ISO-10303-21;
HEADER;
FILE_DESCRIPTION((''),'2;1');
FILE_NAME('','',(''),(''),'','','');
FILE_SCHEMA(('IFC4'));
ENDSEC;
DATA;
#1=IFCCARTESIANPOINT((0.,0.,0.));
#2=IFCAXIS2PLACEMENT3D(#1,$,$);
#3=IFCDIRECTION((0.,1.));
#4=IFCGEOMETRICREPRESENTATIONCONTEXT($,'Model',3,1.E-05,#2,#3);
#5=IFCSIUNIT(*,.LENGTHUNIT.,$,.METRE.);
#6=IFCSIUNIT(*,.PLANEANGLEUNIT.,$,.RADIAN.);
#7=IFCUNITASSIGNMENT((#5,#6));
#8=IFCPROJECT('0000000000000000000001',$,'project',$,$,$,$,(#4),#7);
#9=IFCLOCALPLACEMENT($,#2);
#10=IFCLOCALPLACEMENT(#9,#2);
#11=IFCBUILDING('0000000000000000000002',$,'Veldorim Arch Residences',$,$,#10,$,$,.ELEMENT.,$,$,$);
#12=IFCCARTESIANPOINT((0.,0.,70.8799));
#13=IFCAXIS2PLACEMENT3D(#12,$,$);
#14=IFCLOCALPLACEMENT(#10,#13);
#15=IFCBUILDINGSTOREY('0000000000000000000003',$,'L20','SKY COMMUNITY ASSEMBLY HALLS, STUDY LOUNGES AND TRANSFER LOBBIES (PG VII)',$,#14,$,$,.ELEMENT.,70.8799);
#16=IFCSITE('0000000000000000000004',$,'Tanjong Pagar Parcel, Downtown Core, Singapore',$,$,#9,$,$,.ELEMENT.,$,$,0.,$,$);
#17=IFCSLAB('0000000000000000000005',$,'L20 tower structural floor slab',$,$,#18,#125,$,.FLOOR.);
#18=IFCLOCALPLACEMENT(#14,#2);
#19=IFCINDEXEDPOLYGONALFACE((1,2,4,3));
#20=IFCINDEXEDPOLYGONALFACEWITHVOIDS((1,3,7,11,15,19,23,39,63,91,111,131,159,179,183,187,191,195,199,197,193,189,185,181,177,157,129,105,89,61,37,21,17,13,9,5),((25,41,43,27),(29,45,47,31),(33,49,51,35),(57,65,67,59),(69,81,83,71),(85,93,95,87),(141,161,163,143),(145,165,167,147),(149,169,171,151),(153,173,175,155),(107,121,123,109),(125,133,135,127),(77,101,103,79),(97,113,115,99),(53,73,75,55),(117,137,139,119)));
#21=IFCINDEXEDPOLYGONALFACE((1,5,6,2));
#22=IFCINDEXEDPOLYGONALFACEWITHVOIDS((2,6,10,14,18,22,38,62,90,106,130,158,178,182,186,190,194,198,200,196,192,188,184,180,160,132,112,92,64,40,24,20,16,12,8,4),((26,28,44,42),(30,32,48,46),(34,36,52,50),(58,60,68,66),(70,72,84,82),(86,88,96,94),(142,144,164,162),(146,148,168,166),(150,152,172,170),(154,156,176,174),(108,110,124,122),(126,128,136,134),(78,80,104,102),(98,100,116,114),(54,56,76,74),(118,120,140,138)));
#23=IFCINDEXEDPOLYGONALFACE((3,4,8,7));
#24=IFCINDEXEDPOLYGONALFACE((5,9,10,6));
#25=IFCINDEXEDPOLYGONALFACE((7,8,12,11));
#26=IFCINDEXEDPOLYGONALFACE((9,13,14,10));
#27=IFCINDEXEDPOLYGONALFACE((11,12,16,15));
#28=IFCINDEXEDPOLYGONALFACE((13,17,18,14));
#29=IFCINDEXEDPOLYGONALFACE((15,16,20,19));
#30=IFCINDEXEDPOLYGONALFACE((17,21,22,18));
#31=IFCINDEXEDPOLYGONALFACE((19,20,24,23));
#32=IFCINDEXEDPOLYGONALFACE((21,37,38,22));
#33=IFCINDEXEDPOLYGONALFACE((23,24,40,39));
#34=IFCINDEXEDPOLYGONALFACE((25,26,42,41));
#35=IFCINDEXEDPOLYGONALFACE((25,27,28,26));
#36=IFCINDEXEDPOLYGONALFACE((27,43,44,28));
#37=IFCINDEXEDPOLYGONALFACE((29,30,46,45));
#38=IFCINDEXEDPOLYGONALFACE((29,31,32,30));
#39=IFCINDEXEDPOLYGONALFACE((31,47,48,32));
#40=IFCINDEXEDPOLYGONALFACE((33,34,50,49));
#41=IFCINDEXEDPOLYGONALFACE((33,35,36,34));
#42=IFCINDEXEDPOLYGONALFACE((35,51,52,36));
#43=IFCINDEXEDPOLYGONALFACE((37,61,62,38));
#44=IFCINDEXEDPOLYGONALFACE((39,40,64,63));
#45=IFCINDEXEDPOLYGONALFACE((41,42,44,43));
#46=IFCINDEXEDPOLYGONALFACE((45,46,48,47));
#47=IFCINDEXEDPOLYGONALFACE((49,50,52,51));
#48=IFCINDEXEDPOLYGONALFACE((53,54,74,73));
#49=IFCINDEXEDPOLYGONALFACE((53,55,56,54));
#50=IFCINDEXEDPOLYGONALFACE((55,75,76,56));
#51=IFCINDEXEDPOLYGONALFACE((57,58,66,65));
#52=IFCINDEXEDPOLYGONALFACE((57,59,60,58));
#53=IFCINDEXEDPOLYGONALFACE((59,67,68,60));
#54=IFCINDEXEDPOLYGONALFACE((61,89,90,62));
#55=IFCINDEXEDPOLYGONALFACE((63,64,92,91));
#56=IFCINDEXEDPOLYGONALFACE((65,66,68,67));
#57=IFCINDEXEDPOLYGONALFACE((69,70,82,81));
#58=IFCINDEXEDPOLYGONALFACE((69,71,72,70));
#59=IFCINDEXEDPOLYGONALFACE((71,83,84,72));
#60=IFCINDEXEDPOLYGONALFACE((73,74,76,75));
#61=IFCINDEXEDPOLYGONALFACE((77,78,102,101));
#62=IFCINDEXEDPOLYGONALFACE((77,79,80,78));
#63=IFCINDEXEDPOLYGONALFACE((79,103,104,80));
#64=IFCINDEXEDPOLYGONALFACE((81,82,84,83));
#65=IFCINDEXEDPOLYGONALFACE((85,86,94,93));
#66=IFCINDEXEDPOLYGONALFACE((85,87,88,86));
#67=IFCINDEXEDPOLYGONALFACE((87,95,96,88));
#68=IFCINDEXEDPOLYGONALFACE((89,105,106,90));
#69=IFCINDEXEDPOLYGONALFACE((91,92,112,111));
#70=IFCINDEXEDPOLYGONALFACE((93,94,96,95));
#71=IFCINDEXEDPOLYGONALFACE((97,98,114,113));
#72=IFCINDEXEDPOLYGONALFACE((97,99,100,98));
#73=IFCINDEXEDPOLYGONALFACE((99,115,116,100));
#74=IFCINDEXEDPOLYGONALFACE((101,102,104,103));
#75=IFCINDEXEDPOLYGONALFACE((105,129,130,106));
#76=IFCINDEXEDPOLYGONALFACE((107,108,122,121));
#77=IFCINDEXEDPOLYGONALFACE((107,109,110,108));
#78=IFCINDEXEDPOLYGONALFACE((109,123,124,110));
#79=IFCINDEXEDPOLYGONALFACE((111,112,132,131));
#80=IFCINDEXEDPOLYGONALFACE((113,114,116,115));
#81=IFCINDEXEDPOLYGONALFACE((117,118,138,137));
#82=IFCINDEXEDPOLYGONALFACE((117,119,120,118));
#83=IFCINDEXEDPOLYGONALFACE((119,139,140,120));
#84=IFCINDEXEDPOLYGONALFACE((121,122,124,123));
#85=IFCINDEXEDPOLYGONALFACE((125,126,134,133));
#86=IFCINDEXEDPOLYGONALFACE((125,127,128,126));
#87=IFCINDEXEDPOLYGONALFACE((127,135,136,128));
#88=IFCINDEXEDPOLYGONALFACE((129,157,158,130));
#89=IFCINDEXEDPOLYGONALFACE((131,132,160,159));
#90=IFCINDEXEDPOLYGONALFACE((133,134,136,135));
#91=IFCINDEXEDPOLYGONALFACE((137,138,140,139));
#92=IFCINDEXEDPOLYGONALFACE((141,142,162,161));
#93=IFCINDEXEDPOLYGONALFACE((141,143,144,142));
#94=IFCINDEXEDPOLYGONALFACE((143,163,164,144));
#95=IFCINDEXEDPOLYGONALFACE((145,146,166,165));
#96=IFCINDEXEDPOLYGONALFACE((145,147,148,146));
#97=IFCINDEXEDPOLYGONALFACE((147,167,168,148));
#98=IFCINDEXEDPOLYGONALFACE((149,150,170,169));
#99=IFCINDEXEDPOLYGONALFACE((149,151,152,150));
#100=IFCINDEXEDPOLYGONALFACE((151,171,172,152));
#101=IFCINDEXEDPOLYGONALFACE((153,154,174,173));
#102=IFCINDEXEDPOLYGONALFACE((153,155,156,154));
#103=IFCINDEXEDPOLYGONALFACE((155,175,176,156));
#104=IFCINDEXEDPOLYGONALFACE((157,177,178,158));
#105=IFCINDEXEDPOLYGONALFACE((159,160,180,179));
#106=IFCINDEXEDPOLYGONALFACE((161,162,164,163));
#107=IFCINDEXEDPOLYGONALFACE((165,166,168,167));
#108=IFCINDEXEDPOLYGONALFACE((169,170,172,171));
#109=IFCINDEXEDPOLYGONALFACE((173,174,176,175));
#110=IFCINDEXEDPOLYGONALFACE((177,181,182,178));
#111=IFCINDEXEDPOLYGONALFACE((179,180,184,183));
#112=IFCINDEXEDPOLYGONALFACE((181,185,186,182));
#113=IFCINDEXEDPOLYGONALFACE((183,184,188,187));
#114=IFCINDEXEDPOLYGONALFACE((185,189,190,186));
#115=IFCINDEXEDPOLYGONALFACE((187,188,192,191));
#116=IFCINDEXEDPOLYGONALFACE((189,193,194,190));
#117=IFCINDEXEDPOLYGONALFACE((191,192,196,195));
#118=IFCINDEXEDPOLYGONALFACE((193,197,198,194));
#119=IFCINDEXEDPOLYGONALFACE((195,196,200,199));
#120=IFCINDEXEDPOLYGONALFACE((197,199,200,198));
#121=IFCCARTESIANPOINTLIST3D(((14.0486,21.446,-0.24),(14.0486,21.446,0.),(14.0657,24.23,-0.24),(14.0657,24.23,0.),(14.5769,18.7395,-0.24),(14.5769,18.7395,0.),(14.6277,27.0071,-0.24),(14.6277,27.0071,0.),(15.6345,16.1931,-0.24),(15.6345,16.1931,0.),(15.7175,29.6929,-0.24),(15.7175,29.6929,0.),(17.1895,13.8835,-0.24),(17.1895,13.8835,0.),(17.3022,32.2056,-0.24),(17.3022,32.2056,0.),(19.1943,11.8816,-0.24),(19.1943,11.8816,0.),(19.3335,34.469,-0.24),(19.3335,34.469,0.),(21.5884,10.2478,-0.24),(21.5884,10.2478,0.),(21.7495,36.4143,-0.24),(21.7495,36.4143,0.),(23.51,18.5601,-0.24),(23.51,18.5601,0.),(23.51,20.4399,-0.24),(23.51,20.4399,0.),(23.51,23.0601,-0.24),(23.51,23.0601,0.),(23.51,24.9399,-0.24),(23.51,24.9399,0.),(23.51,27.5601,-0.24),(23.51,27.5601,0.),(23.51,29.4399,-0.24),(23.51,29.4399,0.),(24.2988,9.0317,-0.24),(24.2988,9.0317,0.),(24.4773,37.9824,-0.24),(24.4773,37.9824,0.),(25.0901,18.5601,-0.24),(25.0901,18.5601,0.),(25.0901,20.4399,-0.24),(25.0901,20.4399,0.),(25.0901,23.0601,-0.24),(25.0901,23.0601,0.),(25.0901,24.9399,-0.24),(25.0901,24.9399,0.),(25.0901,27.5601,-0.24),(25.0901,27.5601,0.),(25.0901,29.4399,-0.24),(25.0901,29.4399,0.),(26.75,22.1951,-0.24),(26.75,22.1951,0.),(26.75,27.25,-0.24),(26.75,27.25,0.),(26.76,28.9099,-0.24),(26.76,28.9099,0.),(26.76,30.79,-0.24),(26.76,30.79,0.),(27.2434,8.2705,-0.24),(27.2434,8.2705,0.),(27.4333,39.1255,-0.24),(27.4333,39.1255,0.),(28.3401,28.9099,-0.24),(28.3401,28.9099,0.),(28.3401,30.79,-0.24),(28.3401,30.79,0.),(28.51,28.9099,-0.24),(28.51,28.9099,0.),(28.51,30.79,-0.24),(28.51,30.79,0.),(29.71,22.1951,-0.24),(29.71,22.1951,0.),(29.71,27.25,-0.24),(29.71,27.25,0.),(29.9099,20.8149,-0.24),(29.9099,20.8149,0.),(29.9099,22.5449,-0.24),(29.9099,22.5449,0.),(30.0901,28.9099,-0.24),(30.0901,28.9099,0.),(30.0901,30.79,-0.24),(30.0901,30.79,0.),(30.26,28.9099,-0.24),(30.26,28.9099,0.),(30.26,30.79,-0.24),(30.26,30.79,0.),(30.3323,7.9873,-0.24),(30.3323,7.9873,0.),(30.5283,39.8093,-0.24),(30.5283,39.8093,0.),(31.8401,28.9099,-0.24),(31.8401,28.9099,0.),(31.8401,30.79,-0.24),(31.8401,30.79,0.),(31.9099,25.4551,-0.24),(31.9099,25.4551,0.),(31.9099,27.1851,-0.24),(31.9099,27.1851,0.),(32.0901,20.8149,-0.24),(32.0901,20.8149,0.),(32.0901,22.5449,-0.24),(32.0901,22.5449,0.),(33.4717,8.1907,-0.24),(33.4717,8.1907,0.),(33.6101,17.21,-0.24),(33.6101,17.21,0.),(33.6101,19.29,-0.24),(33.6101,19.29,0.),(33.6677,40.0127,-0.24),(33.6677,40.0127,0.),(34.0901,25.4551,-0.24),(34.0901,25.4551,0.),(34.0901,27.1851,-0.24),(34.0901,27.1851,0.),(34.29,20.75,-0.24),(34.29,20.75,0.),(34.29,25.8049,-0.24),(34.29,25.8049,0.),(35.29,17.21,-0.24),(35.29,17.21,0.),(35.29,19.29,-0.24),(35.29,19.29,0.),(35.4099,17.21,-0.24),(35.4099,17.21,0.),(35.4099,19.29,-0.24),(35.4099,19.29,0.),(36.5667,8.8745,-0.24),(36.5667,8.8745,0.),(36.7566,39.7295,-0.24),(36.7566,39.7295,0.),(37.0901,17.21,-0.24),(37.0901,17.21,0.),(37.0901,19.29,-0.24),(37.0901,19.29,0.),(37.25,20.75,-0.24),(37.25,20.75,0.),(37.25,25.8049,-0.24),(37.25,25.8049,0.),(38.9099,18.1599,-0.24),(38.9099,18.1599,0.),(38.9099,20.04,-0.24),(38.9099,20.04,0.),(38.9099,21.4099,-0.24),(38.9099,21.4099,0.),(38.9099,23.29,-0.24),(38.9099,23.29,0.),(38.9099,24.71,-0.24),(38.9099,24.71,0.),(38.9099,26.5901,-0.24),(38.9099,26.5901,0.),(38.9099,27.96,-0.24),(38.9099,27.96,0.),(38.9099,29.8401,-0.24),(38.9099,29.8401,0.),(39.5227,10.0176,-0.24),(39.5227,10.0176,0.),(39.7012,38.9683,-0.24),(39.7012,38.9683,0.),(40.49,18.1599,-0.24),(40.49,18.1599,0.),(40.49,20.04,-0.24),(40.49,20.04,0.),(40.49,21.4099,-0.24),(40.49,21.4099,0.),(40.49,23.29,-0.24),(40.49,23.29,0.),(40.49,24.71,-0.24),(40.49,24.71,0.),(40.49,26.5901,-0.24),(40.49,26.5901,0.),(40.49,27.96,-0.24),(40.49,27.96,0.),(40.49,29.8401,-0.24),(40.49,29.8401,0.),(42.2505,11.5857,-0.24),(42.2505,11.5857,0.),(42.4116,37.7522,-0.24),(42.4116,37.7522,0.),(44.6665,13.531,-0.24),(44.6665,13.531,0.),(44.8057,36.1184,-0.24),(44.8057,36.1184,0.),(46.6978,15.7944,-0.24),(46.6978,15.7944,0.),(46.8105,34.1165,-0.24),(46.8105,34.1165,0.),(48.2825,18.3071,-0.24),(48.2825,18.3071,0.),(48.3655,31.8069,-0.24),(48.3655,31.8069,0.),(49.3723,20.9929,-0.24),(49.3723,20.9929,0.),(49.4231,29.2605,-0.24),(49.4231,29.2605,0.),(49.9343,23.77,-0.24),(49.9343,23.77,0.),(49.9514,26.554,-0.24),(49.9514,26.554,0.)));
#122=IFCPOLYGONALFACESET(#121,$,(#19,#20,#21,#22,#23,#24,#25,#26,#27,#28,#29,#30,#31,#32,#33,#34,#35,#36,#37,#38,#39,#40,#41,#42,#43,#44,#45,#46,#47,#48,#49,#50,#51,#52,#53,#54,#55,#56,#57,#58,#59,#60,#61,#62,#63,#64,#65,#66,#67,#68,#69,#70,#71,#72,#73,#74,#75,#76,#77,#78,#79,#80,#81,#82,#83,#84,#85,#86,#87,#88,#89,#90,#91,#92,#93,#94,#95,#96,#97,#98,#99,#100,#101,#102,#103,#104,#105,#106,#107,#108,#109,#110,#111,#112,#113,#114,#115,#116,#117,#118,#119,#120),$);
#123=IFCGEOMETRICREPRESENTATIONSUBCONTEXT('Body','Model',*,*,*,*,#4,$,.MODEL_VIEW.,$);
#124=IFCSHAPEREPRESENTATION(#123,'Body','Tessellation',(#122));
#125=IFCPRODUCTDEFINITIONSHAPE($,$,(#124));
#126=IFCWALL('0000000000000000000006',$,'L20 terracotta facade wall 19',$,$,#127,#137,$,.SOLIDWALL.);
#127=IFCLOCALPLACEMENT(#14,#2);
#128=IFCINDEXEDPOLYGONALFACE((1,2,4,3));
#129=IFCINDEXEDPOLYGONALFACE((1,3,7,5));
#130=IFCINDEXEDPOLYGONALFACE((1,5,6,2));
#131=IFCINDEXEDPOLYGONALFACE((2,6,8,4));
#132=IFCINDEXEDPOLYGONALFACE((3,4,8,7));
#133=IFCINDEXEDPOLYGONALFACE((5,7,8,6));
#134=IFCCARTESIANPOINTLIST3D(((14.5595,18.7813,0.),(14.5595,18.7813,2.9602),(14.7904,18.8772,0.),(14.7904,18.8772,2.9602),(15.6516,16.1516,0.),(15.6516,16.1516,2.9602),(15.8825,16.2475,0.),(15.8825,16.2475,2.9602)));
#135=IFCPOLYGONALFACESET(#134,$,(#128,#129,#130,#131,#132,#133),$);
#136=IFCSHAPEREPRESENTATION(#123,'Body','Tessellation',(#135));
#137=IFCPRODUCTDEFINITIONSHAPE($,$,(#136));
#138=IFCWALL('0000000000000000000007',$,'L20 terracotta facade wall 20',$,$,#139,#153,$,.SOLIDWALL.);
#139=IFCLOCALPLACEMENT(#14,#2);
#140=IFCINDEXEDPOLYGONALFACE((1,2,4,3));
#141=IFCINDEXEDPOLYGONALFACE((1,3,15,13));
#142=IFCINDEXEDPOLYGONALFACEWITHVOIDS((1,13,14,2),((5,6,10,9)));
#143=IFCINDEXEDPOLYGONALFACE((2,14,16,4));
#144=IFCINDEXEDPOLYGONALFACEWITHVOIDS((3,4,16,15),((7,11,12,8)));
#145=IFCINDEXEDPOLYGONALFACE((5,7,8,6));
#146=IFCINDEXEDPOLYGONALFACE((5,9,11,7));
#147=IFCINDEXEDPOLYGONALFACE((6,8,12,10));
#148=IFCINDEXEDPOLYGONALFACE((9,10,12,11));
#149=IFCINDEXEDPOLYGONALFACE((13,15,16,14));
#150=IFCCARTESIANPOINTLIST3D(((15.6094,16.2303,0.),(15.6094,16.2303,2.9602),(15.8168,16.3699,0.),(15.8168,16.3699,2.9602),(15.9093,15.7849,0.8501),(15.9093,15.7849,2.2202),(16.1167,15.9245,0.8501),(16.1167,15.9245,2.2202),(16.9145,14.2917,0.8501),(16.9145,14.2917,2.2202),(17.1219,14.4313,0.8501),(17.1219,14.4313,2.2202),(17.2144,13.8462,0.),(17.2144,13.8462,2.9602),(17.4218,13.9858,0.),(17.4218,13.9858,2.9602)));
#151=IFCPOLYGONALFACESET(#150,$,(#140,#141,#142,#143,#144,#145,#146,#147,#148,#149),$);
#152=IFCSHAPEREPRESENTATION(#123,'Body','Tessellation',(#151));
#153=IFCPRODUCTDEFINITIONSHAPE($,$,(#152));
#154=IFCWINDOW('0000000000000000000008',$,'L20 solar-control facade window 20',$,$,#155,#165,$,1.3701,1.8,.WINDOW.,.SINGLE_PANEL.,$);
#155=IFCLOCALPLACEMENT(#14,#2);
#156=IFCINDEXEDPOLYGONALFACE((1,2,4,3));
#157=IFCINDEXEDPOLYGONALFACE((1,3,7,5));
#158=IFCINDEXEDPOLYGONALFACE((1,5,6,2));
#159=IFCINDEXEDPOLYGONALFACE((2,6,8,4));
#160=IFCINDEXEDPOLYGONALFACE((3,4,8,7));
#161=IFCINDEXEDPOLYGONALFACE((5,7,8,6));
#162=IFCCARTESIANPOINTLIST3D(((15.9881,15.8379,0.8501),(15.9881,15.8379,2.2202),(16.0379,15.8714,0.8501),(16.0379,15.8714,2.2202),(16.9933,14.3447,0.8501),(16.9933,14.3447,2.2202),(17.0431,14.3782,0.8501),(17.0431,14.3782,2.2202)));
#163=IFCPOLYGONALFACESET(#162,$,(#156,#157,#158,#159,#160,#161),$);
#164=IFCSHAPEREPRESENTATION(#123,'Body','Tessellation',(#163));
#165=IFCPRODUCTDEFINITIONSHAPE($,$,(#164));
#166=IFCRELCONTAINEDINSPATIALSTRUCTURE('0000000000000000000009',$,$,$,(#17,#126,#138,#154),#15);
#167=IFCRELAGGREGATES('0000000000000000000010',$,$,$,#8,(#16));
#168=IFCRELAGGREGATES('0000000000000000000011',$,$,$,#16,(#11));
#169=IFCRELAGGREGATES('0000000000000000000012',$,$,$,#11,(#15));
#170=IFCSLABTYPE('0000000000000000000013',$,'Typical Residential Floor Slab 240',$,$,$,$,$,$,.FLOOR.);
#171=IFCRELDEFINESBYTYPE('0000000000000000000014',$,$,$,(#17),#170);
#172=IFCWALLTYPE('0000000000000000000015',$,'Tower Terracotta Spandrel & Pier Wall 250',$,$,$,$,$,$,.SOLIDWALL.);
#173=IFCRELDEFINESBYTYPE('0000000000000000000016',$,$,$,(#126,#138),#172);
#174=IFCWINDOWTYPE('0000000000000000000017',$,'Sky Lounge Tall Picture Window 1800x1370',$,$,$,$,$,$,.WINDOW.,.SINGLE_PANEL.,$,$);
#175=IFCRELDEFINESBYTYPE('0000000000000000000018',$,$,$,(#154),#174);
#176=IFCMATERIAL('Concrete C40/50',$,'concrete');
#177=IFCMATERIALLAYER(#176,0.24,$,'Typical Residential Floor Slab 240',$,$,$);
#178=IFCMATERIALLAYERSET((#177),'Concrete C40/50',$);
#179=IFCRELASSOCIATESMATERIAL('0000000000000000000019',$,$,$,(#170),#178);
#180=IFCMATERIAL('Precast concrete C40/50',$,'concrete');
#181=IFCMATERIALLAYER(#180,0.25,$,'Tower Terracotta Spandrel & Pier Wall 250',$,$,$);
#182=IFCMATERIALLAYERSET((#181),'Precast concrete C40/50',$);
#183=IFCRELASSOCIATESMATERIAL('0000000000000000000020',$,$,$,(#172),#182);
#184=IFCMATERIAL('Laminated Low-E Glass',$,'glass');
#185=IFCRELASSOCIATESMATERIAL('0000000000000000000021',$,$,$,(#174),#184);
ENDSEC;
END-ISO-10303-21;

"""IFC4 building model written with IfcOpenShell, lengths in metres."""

from ifc_helpers import new_model, si_unit, direction, frame, frame_2d, origin, place, context, subcontext, project, spatial, polyline, rectangle, outline, extrude, material, layer, layer_set, type_object, element, fill, save


model = new_model("IFC4")

# Units and contexts
model_context = context("Model", 3, precision=1e-05, world=origin(), true_north=direction((0.0, 1.0)))
body_context = subcontext(model_context, "Body", "Model", "MODEL_VIEW")
ifc_project = project(units=[si_unit("LENGTHUNIT", "METRE"), si_unit("PLANEANGLEUNIT", "RADIAN")], contexts=[model_context])

# Site, building, storey
site_placement = place(None, origin())
site = spatial("IfcSite", under=ifc_project, at=site_placement, Name="Tanjong Pagar Parcel, Downtown Core, Singapore", CompositionType="ELEMENT", RefElevation=0.0)
building_placement = place(site_placement, origin())
building = spatial("IfcBuilding", under=site, at=building_placement, Name="Veldorim Arch Residences", CompositionType="ELEMENT")
storey_placement = place(building_placement, frame((0.0, 0.0, 70.8799)))
storey = spatial("IfcBuildingStorey", under=building, at=storey_placement, Name="L20", Description="SKY COMMUNITY ASSEMBLY HALLS, STUDY LOUNGES AND TRANSFER LOBBIES (PG VII)", CompositionType="ELEMENT", Elevation=70.8799)

# Slab
ifc_material_1 = material(Name="Concrete C40/50", Category="concrete")
ifc_layer_1 = layer(ifc_material_1, 0.24, Name="Typical Residential Floor Slab 240")
ifc_layer_set_1 = layer_set([ifc_layer_1], Name="Concrete C40/50")
slab_type_1 = type_object("IfcSlabType", Name="Typical Residential Floor Slab 240", PredefinedType="FLOOR", material=ifc_layer_set_1)
slab_1_placement = place(storey_placement, frame((0.0, 0.0, -0.24)))
element("IfcSlab", 1, at=slab_1_placement, inside=storey, type_object=slab_type_1, Name="L20 tower structural floor slab", PredefinedType="FLOOR", context=body_context, shape_type="SweptSolid", body=[
    extrude(outline(polyline([(49.4231, 29.2605), (48.3655, 31.8069), (46.8105, 34.1165), (44.8057, 36.1184), (42.4116, 37.7522), (39.7012, 38.9683), (36.7566, 39.7295), (33.6677, 40.0127), (30.5283, 39.8093), (27.4333, 39.1255), (24.4773, 37.9824), (21.7495, 36.4143), (19.3335, 34.469), (17.3022, 32.2056), (15.7175, 29.6929), (14.6277, 27.0071), (14.0657, 24.23), (14.0486, 21.446), (14.5769, 18.7395), (15.6345, 16.1931), (17.1895, 13.8835), (19.1943, 11.8816), (21.5884, 10.2478), (24.2988, 9.0317), (27.2434, 8.2705), (30.3323, 7.9873), (33.4717, 8.1907), (36.5667, 8.8745), (39.5227, 10.0176), (42.2505, 11.5857), (44.6665, 13.531), (46.6978, 15.7944), (48.2825, 18.3071), (49.3723, 20.9929), (49.9343, 23.77), (49.9514, 26.554), (49.4231, 29.2605)]), holes=[polyline([(23.51, 20.4399), (25.0901, 20.4399), (25.0901, 18.5601), (23.51, 18.5601), (23.51, 20.4399)]), polyline([(29.9099, 22.5449), (32.0901, 22.5449), (32.0901, 20.8149), (29.9099, 20.8149), (29.9099, 22.5449)]), polyline([(23.51, 24.9399), (25.0901, 24.9399), (25.0901, 23.0601), (23.51, 23.0601), (23.51, 24.9399)]), polyline([(26.75, 27.25), (29.71, 27.25), (29.71, 22.1951), (26.75, 22.1951), (26.75, 27.25)]), polyline([(23.51, 29.4399), (25.0901, 29.4399), (25.0901, 27.5601), (23.51, 27.5601), (23.51, 29.4399)]), polyline([(26.76, 30.79), (28.3401, 30.79), (28.3401, 28.9099), (26.76, 28.9099), (26.76, 30.79)]), polyline([(28.51, 30.79), (30.0901, 30.79), (30.0901, 28.9099), (28.51, 28.9099), (28.51, 30.79)]), polyline([(30.26, 30.79), (31.8401, 30.79), (31.8401, 28.9099), (30.26, 28.9099), (30.26, 30.79)]), polyline([(33.6101, 19.29), (35.29, 19.29), (35.29, 17.21), (33.6101, 17.21), (33.6101, 19.29)]), polyline([(35.4099, 19.29), (37.0901, 19.29), (37.0901, 17.21), (35.4099, 17.21), (35.4099, 19.29)]), polyline([(38.9099, 20.04), (40.49, 20.04), (40.49, 18.1599), (38.9099, 18.1599), (38.9099, 20.04)]), polyline([(38.9099, 23.29), (40.49, 23.29), (40.49, 21.4099), (38.9099, 21.4099), (38.9099, 23.29)]), polyline([(34.29, 25.8049), (37.25, 25.8049), (37.25, 20.75), (34.29, 20.75), (34.29, 25.8049)]), polyline([(38.9099, 26.5901), (40.49, 26.5901), (40.49, 24.71), (38.9099, 24.71), (38.9099, 26.5901)]), polyline([(31.9099, 27.1851), (34.0901, 27.1851), (34.0901, 25.4551), (31.9099, 25.4551), (31.9099, 27.1851)]), polyline([(38.9099, 29.8401), (40.49, 29.8401), (40.49, 27.96), (38.9099, 27.96), (38.9099, 29.8401)])]), origin(), (0.0, 0.0, 1.0), 0.24),
])

# Wall
ifc_material_2 = material(Name="Precast concrete C40/50", Category="concrete")
ifc_layer_2 = layer(ifc_material_2, 0.25, Name="Tower Terracotta Spandrel & Pier Wall 250")
ifc_layer_set_2 = layer_set([ifc_layer_2], Name="Precast concrete C40/50")
wall_type = type_object("IfcWallType", Name="Tower Terracotta Spandrel & Pier Wall 250", PredefinedType="SOLIDWALL", material=ifc_layer_set_2)
wall_1_placement = place(storey_placement, frame((15.7671, 16.1995, 0.0), z_axis=(0.0, 0.0, 1.0), x_axis=(-0.383525, 0.92353, 0.0)))
element("IfcWall", 2, at=wall_1_placement, inside=storey, type_object=wall_type, Name="L20 terracotta facade wall 19", PredefinedType="SOLIDWALL", context=body_context, shape_type="SweptSolid", body=[
    extrude(rectangle(XDim=2.8474, YDim=0.25, at=frame_2d((1.4238, 0.0))), origin(), (0.0, 0.0, 1.0), 2.9602),
])

# Wall, opening, window
wall_2_placement = place(storey_placement, frame((17.3181, 13.916, 0.0), z_axis=(0.0, 0.0, 1.0), x_axis=(-0.558458, 0.829533, 0.0)))
wall_2 = element("IfcWall", 3, at=wall_2_placement, inside=storey, type_object=wall_type, Name="L20 terracotta facade wall 20", PredefinedType="SOLIDWALL", context=body_context, shape_type="SweptSolid", body=[
    extrude(rectangle(XDim=2.874, YDim=0.25, at=frame_2d((1.437, 0.0))), origin(), (0.0, 0.0, 1.0), 2.9602),
])
opening_placement = place(wall_2_placement, frame((0.5371, 0.0, 0.8501)))
opening = element("IfcOpeningElement", 4, at=opening_placement, cuts=wall_2, PredefinedType="OPENING", context=body_context, shape_type="SweptSolid", body=[
    extrude(rectangle(XDim=1.8, YDim=1.3701, at=frame_2d((0.8999, 0.6851))), frame((0.0, 0.135, 0.0), z_axis=(0.0, -1.0, 0.0), x_axis=(1.0, 0.0, 0.0)), (0.0, 0.0, 1.0), 0.27),
])
ifc_material_3 = material(Name="Laminated Low-E Glass", Category="glass")
window_type = type_object("IfcWindowType", Name="Sky Lounge Tall Picture Window 1800x1370", PartitioningType="SINGLE_PANEL", PredefinedType="WINDOW", material=ifc_material_3)
window_placement = place(opening_placement, origin())
window = element("IfcWindow", 5, at=window_placement, inside=storey, type_object=window_type, Name="L20 solar-control facade window 20", OverallHeight=1.3701, OverallWidth=1.8, PartitioningType="SINGLE_PANEL", PredefinedType="WINDOW", context=body_context, shape_type="SweptSolid", body=[
    extrude(rectangle(XDim=1.8, YDim=1.3701, at=frame_2d((0.8999, 0.6851))), frame((0.0, 0.03, 0.0), z_axis=(0.0, -1.0, 0.0), x_axis=(1.0, 0.0, 0.0)), (0.0, 0.0, 1.0), 0.0601),
])
fill(opening, window)

save(model, "model.ifc")
